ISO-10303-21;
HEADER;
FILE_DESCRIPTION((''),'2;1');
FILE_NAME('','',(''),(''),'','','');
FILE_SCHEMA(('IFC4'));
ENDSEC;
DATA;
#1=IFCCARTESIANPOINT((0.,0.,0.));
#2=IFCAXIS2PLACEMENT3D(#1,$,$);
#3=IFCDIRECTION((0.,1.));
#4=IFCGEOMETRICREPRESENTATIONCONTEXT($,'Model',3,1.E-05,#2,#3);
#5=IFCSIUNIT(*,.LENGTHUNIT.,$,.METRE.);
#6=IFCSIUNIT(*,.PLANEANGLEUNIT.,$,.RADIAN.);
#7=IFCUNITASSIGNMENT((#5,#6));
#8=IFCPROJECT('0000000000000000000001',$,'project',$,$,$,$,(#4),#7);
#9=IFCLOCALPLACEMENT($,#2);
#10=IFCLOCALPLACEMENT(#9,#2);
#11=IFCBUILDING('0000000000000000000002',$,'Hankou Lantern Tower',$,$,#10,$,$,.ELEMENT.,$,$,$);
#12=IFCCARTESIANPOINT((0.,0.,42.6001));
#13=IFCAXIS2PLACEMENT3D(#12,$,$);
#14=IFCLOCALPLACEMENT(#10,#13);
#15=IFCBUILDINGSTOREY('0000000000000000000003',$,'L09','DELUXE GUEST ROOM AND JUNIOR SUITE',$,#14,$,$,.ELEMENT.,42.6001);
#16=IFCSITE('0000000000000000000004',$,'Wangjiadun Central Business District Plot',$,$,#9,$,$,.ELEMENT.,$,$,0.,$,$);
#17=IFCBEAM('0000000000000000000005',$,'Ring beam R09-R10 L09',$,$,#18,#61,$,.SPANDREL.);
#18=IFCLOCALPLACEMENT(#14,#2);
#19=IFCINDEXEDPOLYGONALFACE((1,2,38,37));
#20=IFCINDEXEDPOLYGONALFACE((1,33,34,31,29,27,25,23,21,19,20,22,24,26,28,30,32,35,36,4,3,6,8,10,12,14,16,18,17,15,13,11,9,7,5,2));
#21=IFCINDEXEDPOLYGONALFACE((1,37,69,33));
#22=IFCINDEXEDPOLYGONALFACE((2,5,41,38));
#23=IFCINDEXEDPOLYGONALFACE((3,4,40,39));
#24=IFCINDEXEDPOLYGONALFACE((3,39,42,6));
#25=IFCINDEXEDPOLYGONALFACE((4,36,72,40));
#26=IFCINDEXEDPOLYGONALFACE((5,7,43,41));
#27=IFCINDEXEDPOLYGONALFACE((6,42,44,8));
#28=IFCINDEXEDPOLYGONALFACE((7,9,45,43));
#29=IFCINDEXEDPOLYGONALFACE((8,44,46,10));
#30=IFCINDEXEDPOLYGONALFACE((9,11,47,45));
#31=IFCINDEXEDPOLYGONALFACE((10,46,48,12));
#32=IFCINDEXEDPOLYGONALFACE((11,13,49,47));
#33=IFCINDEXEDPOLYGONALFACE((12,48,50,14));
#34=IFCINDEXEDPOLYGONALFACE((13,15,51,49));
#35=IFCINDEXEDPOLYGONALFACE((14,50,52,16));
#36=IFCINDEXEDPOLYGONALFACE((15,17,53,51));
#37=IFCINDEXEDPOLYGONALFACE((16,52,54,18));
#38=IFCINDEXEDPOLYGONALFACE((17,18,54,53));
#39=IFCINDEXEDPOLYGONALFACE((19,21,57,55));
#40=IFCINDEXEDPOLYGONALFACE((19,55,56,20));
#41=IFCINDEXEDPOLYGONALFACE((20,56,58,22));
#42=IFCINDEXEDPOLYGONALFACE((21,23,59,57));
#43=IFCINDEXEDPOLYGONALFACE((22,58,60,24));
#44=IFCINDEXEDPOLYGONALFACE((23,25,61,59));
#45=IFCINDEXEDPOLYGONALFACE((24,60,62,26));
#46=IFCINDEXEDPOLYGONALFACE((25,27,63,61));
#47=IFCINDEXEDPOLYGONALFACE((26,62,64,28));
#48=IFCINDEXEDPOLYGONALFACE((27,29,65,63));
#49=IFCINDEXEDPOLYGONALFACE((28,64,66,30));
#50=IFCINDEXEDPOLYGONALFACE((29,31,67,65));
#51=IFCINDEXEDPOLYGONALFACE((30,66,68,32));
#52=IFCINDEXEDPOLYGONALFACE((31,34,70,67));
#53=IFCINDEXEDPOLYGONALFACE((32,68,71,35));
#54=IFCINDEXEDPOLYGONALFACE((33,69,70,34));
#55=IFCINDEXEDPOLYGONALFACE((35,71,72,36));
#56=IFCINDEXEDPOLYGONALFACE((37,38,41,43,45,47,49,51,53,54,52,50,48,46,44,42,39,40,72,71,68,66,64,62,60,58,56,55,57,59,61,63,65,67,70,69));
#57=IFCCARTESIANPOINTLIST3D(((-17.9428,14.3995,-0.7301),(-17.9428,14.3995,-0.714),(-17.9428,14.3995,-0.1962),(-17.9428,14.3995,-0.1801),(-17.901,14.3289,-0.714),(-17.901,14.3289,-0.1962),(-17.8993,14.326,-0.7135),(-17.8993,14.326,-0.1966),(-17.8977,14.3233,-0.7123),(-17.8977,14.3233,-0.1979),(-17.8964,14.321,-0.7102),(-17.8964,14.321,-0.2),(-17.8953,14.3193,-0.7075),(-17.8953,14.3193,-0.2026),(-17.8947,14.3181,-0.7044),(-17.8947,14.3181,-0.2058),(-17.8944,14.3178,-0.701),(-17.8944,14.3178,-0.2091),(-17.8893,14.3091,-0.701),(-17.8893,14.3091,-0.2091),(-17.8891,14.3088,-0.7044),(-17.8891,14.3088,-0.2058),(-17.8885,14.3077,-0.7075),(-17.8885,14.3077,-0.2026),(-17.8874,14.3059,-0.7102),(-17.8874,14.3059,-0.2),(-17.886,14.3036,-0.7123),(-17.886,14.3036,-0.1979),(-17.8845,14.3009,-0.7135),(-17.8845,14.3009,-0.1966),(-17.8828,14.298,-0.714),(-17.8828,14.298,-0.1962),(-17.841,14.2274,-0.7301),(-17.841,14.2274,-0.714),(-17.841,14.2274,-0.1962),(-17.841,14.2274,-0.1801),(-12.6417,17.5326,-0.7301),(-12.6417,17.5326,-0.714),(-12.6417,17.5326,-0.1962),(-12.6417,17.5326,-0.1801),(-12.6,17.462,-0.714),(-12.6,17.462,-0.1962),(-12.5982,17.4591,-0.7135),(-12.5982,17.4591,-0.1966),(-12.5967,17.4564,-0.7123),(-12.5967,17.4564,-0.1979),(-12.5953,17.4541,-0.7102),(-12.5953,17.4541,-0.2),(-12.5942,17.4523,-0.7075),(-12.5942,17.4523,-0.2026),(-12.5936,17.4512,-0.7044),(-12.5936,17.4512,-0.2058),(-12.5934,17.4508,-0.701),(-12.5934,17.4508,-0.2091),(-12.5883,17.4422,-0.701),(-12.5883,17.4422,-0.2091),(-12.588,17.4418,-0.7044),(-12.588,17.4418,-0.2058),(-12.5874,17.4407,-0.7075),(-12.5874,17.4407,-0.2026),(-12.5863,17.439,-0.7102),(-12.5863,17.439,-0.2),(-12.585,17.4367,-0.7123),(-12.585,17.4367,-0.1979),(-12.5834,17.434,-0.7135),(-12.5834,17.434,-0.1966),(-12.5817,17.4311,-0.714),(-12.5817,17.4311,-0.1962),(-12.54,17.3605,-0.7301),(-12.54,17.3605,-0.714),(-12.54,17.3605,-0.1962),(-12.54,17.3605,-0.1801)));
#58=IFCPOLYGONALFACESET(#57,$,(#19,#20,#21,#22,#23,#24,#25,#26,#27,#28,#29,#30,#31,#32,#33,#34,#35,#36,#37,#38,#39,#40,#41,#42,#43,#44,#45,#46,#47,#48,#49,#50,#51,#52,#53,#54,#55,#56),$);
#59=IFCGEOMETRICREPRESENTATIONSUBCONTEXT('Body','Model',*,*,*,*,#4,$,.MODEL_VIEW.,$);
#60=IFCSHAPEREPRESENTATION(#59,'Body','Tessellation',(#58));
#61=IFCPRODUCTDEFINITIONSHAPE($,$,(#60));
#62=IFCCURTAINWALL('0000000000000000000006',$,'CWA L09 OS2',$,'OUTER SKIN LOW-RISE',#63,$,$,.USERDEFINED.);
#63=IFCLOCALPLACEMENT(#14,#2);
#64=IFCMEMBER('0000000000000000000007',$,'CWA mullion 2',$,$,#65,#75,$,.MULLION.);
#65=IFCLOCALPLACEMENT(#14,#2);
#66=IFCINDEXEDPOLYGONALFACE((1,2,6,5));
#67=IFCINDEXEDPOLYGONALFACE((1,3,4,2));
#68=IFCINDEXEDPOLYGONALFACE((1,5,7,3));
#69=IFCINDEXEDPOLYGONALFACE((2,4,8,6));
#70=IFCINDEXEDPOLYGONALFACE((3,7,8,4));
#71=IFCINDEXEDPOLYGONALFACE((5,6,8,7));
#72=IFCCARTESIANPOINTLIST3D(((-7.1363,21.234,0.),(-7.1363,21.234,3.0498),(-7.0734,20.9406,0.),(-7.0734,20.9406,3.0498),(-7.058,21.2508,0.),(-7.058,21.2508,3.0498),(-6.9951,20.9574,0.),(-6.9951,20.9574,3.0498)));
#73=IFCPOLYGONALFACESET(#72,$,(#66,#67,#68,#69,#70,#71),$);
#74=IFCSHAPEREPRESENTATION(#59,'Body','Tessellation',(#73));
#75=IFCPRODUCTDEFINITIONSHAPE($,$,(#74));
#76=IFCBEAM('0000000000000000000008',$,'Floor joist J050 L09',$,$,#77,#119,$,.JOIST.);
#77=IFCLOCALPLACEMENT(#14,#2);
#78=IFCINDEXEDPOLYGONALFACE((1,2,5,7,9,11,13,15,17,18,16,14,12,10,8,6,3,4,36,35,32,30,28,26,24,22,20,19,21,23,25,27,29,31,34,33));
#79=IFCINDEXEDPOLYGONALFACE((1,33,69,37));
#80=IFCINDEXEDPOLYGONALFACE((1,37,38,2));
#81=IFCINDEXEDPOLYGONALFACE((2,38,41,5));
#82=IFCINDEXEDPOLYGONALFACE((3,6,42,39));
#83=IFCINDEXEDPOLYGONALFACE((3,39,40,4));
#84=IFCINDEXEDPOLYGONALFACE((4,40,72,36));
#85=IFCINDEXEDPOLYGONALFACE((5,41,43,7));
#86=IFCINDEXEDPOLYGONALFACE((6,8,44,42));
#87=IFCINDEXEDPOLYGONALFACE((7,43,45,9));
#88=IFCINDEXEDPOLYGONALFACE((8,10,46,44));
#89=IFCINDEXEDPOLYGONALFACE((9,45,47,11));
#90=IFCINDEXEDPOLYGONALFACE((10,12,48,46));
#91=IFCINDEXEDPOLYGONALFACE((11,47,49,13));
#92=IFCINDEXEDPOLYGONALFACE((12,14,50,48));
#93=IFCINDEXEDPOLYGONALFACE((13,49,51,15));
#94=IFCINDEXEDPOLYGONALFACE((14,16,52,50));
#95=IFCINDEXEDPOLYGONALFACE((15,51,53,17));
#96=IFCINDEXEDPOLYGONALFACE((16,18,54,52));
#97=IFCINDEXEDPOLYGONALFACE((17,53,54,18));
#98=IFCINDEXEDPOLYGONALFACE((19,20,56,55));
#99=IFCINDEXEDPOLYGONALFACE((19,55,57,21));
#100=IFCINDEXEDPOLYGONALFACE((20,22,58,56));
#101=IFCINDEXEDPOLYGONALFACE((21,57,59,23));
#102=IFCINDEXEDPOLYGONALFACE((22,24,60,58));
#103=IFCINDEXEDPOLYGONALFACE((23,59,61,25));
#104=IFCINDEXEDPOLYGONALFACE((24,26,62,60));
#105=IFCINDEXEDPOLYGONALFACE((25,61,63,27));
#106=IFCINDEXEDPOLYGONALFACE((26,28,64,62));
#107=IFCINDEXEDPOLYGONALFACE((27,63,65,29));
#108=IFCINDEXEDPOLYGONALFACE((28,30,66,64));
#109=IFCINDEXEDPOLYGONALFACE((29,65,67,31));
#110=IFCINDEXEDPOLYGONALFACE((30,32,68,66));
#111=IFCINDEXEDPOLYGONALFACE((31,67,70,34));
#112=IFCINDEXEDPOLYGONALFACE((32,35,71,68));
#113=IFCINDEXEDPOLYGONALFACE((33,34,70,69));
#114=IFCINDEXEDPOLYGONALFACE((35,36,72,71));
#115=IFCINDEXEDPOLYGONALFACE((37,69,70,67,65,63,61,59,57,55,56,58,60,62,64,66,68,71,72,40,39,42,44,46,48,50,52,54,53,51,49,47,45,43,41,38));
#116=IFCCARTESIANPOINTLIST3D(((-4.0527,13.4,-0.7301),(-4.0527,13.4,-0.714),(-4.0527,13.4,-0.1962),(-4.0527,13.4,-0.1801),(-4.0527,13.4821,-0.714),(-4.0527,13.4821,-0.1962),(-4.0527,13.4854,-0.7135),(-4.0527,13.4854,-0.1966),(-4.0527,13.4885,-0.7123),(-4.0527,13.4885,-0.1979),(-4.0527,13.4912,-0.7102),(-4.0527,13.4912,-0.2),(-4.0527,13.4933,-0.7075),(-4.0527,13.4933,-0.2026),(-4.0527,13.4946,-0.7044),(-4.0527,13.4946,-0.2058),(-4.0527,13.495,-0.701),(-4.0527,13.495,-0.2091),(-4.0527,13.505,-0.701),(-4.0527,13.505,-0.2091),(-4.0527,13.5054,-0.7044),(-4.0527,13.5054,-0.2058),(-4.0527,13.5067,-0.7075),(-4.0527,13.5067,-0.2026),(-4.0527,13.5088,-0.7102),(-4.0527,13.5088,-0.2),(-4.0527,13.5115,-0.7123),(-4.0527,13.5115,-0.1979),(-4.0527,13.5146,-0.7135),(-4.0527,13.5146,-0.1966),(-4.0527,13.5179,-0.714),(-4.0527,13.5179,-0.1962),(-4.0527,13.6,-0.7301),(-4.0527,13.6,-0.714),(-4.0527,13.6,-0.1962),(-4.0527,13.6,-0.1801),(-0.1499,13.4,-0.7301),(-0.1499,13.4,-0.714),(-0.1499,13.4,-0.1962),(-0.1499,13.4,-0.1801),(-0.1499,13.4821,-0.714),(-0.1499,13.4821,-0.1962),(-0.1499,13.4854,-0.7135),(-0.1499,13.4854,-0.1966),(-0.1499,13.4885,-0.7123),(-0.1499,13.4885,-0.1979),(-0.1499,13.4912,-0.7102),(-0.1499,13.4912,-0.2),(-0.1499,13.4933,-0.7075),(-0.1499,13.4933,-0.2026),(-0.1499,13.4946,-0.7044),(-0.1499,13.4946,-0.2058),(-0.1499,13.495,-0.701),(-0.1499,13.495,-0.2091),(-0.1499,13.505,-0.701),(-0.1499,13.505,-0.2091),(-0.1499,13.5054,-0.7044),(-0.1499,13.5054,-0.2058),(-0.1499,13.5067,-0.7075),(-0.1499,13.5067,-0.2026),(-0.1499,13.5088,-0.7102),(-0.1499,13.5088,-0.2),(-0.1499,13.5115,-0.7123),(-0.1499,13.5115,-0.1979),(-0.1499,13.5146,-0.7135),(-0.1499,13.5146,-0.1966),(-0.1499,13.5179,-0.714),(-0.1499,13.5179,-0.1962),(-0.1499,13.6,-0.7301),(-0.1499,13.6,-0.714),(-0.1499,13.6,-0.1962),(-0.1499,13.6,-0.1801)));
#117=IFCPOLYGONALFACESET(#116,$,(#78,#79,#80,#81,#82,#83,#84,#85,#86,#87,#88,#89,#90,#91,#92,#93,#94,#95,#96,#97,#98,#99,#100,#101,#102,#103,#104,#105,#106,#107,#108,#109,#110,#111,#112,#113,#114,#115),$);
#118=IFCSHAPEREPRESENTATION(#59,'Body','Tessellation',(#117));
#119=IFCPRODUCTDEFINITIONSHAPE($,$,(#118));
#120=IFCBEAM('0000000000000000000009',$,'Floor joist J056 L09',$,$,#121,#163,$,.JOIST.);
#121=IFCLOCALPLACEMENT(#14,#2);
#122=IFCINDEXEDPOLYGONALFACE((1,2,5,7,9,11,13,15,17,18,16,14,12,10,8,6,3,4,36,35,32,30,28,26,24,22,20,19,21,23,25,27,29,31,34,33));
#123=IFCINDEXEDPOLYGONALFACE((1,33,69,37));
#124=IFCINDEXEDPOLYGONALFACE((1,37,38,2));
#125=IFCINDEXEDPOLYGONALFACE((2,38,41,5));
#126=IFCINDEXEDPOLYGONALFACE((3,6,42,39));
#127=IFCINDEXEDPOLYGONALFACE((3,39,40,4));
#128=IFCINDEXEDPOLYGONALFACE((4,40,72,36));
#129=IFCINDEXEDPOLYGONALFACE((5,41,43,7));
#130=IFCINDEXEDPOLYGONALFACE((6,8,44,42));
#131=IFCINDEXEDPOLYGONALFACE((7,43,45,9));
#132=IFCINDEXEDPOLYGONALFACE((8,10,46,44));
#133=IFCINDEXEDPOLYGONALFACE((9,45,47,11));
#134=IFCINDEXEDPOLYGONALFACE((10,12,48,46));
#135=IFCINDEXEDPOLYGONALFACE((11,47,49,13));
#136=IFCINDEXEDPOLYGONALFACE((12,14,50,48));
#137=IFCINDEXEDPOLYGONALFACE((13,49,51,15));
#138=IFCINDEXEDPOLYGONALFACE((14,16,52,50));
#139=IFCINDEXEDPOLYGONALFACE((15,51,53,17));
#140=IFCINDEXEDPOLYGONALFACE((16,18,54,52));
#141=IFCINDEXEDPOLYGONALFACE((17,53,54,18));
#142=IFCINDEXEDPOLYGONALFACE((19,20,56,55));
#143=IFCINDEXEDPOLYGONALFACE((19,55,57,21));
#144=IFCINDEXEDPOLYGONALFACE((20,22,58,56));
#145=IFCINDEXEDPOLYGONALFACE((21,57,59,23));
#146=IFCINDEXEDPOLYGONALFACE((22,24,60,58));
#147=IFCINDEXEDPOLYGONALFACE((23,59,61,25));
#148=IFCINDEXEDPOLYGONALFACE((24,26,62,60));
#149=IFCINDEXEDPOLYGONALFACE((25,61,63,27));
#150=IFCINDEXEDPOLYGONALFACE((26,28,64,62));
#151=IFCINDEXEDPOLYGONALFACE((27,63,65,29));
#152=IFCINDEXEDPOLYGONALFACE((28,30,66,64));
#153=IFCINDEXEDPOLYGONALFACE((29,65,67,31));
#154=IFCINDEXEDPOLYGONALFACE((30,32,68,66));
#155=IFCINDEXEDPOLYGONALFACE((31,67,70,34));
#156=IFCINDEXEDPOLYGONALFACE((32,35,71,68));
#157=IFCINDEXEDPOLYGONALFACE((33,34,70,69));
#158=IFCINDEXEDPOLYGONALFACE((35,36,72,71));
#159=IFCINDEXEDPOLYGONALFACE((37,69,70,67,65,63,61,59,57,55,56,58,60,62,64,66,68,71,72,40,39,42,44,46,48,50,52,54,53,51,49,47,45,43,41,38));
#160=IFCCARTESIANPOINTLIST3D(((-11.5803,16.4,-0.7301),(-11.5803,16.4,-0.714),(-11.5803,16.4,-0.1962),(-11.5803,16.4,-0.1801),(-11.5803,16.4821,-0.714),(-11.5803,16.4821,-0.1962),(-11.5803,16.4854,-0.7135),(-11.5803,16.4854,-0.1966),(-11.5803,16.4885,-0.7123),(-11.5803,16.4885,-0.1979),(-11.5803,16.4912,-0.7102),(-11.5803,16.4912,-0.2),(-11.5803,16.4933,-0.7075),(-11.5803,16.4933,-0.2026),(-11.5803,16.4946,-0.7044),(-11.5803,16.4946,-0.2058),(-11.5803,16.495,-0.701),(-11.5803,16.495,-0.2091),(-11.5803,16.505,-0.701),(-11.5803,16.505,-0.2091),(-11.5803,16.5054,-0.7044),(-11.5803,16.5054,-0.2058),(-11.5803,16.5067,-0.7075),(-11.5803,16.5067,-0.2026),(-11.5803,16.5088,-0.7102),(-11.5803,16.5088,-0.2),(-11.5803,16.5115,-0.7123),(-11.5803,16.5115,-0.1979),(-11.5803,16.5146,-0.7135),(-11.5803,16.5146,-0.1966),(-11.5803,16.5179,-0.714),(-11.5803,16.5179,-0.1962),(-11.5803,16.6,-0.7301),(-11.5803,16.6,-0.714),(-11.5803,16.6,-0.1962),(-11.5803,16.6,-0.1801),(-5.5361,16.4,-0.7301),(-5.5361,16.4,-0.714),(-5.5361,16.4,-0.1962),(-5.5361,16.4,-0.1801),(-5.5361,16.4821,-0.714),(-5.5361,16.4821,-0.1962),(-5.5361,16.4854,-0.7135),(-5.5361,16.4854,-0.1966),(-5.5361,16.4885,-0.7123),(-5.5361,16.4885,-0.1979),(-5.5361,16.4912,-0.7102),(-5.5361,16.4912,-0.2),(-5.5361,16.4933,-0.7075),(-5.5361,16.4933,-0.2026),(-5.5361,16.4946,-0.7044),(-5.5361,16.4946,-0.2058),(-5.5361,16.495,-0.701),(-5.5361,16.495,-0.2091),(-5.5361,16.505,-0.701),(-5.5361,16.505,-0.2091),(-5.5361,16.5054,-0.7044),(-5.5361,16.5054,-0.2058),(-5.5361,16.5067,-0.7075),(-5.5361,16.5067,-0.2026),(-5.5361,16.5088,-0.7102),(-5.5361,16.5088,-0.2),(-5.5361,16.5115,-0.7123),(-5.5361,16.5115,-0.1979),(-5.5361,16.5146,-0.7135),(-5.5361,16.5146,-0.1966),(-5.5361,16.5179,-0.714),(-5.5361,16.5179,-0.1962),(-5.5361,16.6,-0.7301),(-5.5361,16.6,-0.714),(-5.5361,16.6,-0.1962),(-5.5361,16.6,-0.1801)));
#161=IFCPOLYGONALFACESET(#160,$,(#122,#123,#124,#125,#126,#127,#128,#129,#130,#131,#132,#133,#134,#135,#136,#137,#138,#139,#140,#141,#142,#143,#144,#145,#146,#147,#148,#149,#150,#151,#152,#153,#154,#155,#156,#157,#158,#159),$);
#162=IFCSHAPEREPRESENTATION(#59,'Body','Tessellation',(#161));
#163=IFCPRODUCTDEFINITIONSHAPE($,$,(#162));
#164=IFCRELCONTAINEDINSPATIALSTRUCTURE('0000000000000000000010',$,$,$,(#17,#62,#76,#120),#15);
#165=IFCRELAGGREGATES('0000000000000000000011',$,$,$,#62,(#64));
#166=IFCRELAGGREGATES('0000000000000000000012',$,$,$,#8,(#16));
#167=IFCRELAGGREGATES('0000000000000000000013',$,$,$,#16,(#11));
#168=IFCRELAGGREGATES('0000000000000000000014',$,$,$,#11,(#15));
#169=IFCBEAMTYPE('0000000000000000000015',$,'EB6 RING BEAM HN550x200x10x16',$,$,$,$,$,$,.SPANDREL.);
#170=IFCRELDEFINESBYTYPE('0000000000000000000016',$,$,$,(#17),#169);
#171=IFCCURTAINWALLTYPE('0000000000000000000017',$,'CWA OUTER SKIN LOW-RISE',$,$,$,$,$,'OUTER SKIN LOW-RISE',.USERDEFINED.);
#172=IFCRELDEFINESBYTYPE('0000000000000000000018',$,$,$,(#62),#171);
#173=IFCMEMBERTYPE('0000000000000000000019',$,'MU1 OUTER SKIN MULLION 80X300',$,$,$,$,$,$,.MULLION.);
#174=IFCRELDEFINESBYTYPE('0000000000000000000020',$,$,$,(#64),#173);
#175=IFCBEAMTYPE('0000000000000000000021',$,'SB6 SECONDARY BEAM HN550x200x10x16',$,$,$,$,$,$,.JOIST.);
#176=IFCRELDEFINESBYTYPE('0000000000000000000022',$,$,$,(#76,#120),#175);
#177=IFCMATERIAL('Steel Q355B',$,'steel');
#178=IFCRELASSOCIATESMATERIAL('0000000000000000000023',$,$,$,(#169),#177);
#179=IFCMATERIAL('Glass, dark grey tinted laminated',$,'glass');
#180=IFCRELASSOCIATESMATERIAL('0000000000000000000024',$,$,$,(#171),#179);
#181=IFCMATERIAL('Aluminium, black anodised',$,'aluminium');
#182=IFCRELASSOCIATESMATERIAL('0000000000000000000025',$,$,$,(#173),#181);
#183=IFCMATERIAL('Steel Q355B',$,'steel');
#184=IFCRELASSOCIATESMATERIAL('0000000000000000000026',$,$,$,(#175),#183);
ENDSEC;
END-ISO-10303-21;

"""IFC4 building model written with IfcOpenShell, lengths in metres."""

from ifc_helpers import new_model, si_unit, direction, frame, origin, origin_2d, place, context, subcontext, project, spatial, rectangle, i_section, extrude, material, material_profile, profile_set, type_object, element, aggregate, save


model = new_model("IFC4")

# Units and contexts
model_context = context("Model", 3, precision=1e-05, world=origin(), true_north=direction((0.0, 1.0)))
body_context = subcontext(model_context, "Body", "Model", "MODEL_VIEW")
ifc_project = project(units=[si_unit("LENGTHUNIT", "METRE"), si_unit("PLANEANGLEUNIT", "RADIAN")], contexts=[model_context])

# Site, building, storey
site_placement = place(None, origin())
site = spatial("IfcSite", under=ifc_project, at=site_placement, Name="Wangjiadun Central Business District Plot", CompositionType="ELEMENT", RefElevation=0.0)
building_placement = place(site_placement, origin())
building = spatial("IfcBuilding", under=site, at=building_placement, Name="Hankou Lantern Tower", CompositionType="ELEMENT")
storey_placement = place(building_placement, frame((0.0, 0.0, 42.6001)))
storey = spatial("IfcBuildingStorey", under=building, at=storey_placement, Name="L09", Description="DELUXE GUEST ROOM AND JUNIOR SUITE", CompositionType="ELEMENT", Elevation=42.6001)

# Beam
ifc_material_1 = material(Name="Steel Q355B", Category="steel")
ifc_material_profile_1 = material_profile(ifc_material_1, i_section(OverallWidth=0.2, OverallDepth=0.55, WebThickness=0.01, FlangeThickness=0.0161, FilletRadius=0.0129, at=origin_2d()), Name="HN550x200x10x16")
ifc_profile_set_1 = profile_set([ifc_material_profile_1], Name="Steel Q355B")
beam_type_1 = type_object("IfcBeamType", Name="EB6 RING BEAM HN550x200x10x16", PredefinedType="SPANDREL", material=ifc_profile_set_1)
beam_1_placement = place(storey_placement, frame((-12.5908, 17.4465, -0.4551), z_axis=(-0.860882, -0.508805, 0.0), x_axis=(0.508805, -0.860882, 0.0)))
element("IfcBeam", 1, at=beam_1_placement, inside=storey, type_object=beam_type_1, Name="Ring beam R09-R10 L09", PredefinedType="SPANDREL", context=body_context, shape_type="SweptSolid", body=[
    extrude(i_section(OverallWidth=0.2, OverallDepth=0.55, WebThickness=0.01, FlangeThickness=0.0161, FilletRadius=0.0129, at=origin_2d()), origin(), (0.0, 0.0, 1.0), 6.1577),
])

# Curtain wall, member
ifc_material_2 = material(Name="Glass, dark grey tinted laminated", Category="glass")
curtain_wall_type = type_object("IfcCurtainWallType", Name="CWA OUTER SKIN LOW-RISE", ElementType="OUTER SKIN LOW-RISE", PredefinedType="USERDEFINED", material=ifc_material_2)
curtain_wall_placement = place(storey_placement, origin())
curtain_wall = element("IfcCurtainWall", 2, at=curtain_wall_placement, inside=storey, type_object=curtain_wall_type, Name="CWA L09 OS2", ObjectType="OUTER SKIN LOW-RISE", PredefinedType="USERDEFINED")
ifc_material_3 = material(Name="Aluminium, black anodised", Category="aluminium")
ifc_material_profile_2 = material_profile(ifc_material_3, rectangle(XDim=0.0801, YDim=0.3, at=origin_2d()), Name="MU1 80X300")
ifc_profile_set_2 = profile_set([ifc_material_profile_2], Name="Aluminium, black anodised")
member_type_1 = type_object("IfcMemberType", Name="MU1 OUTER SKIN MULLION 80X300", PredefinedType="MULLION", material=ifc_profile_set_2)
member_1_placement = place(storey_placement, frame((-7.0657, 21.0957, 0.0), z_axis=(0.0, 0.0, 1.0), x_axis=(-0.977788, -0.209598, 0.0)))
member_1 = element("IfcMember", 3, at=member_1_placement, type_object=member_type_1, Name="CWA mullion 2", PredefinedType="MULLION", context=body_context, shape_type="SweptSolid", body=[
    extrude(rectangle(XDim=0.0801, YDim=0.3, at=origin_2d()), origin(), (0.0, 0.0, 1.0), 3.0498),
])

# Beams
ifc_material_4 = material(Name="Steel Q355B", Category="steel")
ifc_material_profile_3 = material_profile(ifc_material_4, i_section(OverallWidth=0.2, OverallDepth=0.55, WebThickness=0.01, FlangeThickness=0.0161, FilletRadius=0.0129, at=origin_2d()), Name="HN550x200x10x16")
ifc_profile_set_3 = profile_set([ifc_material_profile_3], Name="Steel Q355B")
beam_type_2 = type_object("IfcBeamType", Name="SB6 SECONDARY BEAM HN550x200x10x16", PredefinedType="JOIST", material=ifc_profile_set_3)
beam_2_placement = place(storey_placement, frame((-4.0527, 13.5, -0.4551), z_axis=(1.0, 0.0, 0.0), x_axis=(0.0, 1.0, 0.0)))
element("IfcBeam", 4, at=beam_2_placement, inside=storey, type_object=beam_type_2, Name="Floor joist J050 L09", PredefinedType="JOIST", context=body_context, shape_type="SweptSolid", body=[
    extrude(i_section(OverallWidth=0.2, OverallDepth=0.55, WebThickness=0.01, FlangeThickness=0.0161, FilletRadius=0.0129, at=origin_2d()), origin(), (0.0, 0.0, 1.0), 3.9028),
])
beam_3_placement = place(storey_placement, frame((-11.5803, 16.5, -0.4551), z_axis=(1.0, 0.0, 0.0), x_axis=(0.0, 1.0, 0.0)))
element("IfcBeam", 5, at=beam_3_placement, inside=storey, type_object=beam_type_2, Name="Floor joist J056 L09", PredefinedType="JOIST", context=body_context, shape_type="SweptSolid", body=[
    extrude(i_section(OverallWidth=0.2, OverallDepth=0.55, WebThickness=0.01, FlangeThickness=0.0161, FilletRadius=0.0129, at=origin_2d()), origin(), (0.0, 0.0, 1.0), 6.0442),
])

aggregate(curtain_wall, [member_1])

save(model, "model.ifc")
